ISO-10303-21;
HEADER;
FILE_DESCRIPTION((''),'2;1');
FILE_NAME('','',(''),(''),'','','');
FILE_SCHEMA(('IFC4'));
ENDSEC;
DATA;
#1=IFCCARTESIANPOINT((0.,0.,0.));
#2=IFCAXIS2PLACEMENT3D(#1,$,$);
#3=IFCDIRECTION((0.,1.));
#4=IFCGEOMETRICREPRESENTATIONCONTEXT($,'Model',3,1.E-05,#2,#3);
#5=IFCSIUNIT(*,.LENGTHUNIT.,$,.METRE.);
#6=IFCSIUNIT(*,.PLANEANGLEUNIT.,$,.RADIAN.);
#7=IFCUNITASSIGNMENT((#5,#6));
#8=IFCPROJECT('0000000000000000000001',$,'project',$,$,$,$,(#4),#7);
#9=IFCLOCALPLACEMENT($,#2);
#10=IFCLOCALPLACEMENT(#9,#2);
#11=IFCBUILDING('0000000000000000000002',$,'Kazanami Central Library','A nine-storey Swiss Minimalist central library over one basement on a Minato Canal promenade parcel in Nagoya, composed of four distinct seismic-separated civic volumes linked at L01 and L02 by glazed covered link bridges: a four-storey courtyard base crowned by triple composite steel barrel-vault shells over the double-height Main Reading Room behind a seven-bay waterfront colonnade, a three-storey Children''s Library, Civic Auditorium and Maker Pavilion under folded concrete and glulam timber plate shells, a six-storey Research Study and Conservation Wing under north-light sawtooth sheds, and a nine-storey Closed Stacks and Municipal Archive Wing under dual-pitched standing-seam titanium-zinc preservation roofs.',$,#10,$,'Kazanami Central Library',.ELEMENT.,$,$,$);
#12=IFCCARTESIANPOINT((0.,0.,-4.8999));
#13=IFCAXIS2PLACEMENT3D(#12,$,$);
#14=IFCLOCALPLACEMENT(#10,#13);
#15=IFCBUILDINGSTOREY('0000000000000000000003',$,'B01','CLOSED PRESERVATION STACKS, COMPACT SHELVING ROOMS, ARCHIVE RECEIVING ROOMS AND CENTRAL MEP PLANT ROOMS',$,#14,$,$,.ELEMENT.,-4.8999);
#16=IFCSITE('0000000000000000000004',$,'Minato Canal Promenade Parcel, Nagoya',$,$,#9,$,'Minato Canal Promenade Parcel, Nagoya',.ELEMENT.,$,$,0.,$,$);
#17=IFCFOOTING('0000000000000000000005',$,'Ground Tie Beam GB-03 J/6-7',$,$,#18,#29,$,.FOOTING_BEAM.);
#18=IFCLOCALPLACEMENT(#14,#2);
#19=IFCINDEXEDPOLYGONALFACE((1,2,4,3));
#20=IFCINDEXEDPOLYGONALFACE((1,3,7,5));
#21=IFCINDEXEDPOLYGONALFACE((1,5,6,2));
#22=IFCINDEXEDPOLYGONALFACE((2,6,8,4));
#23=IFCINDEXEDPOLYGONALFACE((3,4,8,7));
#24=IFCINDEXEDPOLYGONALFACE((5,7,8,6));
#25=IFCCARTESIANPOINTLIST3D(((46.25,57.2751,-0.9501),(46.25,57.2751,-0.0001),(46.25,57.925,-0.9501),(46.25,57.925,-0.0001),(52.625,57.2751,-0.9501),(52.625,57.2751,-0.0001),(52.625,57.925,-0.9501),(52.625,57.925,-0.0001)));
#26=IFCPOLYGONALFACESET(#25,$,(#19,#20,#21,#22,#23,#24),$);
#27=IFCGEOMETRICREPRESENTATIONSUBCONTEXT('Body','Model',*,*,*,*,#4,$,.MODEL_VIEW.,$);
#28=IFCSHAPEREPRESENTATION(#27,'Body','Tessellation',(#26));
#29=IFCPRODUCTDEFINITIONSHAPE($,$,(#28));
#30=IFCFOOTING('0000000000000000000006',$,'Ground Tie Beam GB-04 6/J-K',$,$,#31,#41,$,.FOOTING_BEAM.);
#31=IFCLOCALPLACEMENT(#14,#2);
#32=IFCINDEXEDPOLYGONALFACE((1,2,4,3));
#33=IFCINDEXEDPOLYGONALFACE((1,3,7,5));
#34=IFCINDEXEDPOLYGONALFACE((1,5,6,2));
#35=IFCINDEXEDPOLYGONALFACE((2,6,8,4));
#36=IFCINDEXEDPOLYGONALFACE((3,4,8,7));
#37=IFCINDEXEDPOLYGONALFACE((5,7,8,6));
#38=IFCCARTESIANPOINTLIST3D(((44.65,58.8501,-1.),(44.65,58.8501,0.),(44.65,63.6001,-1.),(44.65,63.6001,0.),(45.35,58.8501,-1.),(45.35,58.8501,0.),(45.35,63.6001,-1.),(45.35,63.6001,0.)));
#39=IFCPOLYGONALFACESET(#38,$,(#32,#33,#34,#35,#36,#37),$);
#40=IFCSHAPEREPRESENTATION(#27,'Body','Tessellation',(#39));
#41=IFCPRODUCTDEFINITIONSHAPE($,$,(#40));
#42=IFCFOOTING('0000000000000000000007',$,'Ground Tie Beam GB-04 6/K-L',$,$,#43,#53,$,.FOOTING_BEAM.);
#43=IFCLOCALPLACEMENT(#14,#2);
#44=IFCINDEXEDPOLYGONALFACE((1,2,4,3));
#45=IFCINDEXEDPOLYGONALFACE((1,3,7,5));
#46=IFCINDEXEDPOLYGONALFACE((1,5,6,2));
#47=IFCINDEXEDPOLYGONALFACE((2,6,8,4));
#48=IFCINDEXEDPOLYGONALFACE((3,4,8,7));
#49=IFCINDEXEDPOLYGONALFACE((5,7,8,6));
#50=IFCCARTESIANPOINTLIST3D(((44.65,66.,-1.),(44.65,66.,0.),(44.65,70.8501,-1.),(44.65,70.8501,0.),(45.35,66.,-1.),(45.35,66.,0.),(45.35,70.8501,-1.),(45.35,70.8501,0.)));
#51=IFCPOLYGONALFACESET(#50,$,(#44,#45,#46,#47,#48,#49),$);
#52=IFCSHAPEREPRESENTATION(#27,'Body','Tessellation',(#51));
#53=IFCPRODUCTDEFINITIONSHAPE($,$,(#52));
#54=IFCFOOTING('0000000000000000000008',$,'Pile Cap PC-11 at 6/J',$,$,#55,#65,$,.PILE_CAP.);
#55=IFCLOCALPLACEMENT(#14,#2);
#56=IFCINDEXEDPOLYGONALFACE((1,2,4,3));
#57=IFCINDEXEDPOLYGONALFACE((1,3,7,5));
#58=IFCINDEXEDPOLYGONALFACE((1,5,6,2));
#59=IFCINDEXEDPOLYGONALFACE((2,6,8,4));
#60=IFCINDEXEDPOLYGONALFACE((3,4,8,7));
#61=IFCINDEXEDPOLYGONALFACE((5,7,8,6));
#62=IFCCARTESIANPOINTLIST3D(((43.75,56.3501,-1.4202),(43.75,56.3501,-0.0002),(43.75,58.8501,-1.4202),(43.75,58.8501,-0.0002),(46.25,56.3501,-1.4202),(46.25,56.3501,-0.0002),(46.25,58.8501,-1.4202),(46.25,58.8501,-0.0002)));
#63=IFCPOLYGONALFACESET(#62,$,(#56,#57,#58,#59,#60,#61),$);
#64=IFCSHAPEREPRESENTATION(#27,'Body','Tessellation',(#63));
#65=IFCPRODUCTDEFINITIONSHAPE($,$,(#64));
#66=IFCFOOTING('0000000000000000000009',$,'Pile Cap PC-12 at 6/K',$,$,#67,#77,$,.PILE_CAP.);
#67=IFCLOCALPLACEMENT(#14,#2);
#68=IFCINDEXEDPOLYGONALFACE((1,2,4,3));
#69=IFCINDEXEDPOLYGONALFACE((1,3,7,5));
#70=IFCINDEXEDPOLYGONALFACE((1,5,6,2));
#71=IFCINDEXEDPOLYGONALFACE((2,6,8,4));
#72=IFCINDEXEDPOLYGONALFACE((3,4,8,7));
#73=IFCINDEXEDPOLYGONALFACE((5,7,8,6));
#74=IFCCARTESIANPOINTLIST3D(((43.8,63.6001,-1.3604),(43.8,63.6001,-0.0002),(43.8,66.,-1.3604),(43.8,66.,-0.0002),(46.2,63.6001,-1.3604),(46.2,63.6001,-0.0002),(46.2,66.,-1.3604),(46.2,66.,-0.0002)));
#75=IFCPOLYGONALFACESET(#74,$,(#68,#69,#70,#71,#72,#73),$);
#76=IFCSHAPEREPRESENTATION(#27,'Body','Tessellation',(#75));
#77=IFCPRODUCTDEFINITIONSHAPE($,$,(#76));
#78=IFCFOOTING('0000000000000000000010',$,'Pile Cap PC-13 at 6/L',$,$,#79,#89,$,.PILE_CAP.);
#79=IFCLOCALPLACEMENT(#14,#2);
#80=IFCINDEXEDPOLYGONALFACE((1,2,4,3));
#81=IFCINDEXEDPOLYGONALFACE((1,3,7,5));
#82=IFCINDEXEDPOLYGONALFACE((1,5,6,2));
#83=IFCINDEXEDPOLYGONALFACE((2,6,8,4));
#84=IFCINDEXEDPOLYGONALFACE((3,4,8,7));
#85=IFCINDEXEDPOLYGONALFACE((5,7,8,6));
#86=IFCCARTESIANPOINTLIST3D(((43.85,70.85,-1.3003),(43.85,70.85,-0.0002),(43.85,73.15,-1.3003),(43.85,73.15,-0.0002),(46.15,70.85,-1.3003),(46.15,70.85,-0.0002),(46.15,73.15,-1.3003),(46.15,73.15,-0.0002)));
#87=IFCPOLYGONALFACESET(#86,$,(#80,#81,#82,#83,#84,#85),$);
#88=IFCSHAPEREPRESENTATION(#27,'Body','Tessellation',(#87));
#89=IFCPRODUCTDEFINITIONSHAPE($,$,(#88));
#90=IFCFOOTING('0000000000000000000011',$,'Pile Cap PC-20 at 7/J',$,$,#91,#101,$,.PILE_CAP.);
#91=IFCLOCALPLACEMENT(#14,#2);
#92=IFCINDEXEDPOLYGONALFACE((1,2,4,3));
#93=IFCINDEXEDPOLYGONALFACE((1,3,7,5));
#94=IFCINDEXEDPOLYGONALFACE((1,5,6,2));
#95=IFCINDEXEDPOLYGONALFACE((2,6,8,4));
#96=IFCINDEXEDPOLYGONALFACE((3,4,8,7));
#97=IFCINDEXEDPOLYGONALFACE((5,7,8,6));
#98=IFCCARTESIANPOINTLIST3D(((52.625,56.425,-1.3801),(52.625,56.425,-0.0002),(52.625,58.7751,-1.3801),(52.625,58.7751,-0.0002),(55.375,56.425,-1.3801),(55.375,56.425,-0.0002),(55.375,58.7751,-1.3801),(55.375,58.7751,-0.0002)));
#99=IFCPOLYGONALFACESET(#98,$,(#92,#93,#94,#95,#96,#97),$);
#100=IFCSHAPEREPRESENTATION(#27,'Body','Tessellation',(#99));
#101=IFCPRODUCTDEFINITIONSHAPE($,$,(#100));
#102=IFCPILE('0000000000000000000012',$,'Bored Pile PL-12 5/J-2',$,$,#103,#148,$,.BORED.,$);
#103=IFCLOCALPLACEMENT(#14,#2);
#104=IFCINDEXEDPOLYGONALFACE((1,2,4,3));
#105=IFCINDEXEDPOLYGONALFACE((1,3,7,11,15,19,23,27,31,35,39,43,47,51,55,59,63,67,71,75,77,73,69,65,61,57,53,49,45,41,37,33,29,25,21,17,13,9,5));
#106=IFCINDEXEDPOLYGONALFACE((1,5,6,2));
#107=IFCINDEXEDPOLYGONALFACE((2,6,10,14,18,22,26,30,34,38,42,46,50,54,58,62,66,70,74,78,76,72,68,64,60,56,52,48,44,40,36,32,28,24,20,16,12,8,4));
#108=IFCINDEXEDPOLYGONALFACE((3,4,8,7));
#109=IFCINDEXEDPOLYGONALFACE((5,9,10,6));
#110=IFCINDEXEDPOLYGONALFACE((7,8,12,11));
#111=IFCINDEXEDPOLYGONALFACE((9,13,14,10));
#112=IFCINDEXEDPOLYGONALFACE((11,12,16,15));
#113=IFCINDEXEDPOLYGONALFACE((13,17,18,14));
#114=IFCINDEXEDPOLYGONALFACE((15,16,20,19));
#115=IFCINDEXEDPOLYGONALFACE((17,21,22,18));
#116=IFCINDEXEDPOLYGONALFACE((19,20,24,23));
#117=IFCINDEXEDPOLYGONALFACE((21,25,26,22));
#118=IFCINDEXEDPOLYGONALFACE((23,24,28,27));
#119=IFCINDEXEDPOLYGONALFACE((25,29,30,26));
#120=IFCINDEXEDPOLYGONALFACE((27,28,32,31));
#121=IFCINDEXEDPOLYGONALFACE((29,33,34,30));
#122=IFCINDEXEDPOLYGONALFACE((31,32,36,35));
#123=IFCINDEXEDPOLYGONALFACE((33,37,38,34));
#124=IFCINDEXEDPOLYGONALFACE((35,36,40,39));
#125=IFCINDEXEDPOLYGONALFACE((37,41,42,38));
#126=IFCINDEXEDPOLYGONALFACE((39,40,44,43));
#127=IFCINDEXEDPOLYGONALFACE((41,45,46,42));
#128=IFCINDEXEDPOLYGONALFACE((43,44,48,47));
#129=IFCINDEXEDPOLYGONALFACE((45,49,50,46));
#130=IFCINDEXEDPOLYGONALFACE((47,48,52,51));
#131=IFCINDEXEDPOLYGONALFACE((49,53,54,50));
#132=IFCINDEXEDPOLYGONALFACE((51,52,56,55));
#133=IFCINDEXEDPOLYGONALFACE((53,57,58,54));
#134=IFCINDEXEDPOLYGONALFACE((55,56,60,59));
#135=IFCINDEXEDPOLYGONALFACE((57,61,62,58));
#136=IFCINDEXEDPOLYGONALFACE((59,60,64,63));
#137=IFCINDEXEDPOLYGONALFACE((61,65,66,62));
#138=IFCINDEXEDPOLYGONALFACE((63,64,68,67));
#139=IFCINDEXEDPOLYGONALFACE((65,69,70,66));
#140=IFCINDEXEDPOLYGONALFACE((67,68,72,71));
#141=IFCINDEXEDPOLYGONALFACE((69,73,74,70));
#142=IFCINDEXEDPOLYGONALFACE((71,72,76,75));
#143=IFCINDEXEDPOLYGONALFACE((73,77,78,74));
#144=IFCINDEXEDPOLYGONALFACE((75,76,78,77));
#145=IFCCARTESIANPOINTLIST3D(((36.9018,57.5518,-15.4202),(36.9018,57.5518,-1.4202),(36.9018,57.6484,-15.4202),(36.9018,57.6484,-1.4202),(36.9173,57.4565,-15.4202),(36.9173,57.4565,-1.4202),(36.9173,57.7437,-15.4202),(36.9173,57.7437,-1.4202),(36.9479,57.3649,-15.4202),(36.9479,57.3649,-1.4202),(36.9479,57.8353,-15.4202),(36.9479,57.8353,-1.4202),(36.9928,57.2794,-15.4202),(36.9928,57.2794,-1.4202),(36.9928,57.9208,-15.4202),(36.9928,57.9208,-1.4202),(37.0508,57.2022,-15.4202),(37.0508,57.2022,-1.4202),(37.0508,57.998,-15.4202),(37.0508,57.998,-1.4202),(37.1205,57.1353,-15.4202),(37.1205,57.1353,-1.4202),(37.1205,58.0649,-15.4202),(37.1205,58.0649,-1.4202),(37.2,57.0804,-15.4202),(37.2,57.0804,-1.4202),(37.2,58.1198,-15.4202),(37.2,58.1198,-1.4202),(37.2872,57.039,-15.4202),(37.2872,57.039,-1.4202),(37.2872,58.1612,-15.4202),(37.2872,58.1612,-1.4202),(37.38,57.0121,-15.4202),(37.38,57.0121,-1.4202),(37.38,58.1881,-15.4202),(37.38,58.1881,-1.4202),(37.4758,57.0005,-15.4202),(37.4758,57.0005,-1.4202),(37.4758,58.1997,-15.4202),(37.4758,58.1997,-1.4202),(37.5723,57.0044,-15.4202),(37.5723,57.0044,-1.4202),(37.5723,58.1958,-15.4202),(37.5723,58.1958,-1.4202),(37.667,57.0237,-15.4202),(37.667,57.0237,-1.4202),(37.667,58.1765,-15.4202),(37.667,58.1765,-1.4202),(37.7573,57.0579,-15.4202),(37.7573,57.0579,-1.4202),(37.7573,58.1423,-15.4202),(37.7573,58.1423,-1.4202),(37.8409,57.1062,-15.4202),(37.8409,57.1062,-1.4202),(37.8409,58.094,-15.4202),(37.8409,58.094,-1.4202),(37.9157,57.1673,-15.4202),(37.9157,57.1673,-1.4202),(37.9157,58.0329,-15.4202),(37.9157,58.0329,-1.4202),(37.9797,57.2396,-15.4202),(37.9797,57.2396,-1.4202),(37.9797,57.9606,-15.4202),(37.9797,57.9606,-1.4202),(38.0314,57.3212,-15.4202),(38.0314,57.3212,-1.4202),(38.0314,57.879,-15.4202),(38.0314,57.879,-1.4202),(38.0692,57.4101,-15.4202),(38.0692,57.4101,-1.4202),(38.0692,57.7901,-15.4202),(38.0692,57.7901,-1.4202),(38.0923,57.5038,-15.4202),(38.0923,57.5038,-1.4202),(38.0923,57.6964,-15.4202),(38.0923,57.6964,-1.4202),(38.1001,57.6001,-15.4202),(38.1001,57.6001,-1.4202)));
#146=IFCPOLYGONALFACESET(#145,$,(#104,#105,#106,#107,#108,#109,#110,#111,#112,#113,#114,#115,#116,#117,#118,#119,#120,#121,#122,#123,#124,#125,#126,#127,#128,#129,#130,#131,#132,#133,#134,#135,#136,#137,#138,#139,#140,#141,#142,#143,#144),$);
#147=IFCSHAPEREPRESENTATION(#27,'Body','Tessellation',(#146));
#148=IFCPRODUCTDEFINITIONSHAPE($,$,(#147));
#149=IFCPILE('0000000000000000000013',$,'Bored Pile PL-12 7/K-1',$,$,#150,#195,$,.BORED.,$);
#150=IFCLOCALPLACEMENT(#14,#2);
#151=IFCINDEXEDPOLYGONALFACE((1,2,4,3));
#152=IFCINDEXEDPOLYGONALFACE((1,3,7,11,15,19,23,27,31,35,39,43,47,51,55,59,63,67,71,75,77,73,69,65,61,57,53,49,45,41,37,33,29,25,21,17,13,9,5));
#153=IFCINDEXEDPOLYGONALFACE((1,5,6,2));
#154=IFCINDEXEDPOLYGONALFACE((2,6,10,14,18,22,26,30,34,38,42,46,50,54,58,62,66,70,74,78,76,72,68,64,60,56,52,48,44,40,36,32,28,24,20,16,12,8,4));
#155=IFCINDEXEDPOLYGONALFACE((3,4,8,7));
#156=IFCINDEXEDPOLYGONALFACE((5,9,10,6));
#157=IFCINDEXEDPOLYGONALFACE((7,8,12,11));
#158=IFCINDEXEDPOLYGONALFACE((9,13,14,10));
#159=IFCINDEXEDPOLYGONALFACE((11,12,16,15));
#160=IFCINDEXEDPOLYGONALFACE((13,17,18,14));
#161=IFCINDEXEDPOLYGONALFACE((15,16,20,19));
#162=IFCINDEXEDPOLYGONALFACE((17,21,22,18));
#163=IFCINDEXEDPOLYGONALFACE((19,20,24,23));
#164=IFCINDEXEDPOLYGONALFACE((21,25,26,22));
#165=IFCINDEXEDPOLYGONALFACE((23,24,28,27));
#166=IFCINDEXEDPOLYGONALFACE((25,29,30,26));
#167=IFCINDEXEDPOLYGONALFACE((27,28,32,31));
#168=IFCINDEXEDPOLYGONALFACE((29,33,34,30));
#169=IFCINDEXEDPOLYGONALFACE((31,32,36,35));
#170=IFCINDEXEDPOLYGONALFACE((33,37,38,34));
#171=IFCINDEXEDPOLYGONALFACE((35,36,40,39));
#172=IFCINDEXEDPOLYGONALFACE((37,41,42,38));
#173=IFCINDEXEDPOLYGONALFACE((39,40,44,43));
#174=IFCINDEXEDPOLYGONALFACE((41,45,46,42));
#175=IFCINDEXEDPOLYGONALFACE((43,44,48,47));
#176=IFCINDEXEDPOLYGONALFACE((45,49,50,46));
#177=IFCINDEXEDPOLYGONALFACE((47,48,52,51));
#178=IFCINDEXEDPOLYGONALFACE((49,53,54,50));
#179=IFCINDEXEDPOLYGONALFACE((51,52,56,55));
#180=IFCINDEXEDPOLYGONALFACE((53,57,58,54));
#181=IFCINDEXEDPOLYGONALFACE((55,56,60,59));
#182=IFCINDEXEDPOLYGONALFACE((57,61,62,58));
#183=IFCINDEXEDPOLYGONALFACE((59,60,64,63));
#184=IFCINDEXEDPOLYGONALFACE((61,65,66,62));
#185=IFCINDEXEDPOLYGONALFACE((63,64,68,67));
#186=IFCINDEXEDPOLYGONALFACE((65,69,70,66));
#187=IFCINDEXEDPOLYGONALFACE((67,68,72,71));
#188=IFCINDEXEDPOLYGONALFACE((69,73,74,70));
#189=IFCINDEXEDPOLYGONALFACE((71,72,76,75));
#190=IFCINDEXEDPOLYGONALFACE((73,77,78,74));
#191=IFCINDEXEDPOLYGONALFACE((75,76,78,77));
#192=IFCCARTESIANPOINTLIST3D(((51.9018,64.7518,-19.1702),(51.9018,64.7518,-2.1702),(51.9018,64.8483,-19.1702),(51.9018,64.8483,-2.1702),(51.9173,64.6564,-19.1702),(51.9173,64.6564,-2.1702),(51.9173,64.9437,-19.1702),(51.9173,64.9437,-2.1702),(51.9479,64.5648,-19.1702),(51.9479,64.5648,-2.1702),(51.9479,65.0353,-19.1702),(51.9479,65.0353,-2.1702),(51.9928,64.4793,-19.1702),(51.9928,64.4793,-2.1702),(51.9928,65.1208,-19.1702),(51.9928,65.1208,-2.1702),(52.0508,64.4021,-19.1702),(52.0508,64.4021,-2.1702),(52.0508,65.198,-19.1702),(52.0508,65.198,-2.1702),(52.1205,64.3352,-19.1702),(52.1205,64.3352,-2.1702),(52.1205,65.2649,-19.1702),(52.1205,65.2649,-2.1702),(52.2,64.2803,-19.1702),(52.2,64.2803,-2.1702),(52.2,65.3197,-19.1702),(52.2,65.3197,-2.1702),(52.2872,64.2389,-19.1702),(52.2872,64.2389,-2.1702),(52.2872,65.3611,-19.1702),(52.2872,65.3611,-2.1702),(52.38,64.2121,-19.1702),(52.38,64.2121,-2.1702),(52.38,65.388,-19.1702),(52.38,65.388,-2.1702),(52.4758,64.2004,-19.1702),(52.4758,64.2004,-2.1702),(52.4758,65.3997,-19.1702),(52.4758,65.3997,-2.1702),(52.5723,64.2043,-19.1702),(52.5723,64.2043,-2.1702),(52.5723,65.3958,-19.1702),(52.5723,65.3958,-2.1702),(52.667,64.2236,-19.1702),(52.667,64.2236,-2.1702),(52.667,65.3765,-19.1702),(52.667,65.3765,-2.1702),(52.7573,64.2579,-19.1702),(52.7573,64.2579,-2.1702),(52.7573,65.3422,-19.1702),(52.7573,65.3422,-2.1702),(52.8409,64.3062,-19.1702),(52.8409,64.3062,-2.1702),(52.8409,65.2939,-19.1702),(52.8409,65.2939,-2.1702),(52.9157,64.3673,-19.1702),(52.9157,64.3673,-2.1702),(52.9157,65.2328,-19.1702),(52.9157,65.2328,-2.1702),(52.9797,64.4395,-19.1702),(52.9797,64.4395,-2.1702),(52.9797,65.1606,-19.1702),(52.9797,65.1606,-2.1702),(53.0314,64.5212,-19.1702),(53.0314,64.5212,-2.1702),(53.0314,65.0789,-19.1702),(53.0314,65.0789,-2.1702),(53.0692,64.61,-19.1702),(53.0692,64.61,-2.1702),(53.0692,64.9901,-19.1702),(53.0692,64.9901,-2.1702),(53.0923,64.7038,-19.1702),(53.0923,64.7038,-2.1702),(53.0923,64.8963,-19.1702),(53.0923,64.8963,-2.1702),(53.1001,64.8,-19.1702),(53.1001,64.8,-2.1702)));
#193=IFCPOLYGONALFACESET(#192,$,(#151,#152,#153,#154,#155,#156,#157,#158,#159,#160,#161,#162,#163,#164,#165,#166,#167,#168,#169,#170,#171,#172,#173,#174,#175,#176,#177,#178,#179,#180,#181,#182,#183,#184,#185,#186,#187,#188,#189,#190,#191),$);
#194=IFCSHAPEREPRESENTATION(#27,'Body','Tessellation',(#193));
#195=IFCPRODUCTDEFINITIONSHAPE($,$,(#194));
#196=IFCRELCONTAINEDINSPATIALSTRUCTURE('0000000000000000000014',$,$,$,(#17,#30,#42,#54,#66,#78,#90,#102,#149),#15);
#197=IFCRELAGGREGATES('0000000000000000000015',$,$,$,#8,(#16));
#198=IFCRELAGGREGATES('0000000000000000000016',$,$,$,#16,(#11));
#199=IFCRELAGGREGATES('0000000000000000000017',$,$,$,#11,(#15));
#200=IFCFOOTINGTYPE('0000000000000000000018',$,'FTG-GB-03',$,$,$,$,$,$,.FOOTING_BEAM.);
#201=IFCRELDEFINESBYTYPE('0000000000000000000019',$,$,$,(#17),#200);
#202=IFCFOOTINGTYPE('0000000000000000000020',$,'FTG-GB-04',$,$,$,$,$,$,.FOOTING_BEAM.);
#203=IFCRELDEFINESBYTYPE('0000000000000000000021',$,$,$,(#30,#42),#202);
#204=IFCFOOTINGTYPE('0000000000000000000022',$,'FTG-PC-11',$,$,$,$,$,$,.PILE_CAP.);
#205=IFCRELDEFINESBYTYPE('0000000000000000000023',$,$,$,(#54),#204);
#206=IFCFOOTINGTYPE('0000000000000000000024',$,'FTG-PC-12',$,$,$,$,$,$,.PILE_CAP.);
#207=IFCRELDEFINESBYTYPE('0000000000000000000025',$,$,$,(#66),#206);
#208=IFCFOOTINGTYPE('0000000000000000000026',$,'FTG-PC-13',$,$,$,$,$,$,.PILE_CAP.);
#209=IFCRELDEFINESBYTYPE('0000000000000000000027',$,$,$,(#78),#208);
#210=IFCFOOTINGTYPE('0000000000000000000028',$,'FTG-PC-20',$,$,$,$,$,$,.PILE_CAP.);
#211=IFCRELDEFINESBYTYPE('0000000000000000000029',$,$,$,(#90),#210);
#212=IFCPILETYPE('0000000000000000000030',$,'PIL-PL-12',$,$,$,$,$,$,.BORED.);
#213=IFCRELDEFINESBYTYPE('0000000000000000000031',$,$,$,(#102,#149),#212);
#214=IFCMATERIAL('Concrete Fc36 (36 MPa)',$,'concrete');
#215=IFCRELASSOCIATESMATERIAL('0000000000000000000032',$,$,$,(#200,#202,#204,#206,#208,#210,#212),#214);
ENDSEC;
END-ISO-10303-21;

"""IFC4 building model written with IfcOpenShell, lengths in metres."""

from ifc_helpers import new_model, si_unit, direction, frame, origin, origin_2d, place, context, subcontext, project, spatial, rectangle, circle, extrude, material, material_profile, profile_set, type_object, element, save


model = new_model("IFC4")

# Units and contexts
model_context = context("Model", 3, precision=1e-05, world=origin(), true_north=direction((0.0, 1.0)))
body_context = subcontext(model_context, "Body", "Model", "MODEL_VIEW")
ifc_project = project(units=[si_unit("LENGTHUNIT", "METRE"), si_unit("PLANEANGLEUNIT", "RADIAN")], contexts=[model_context])

# Site, building, storey
site_placement = place(None, origin())
site = spatial("IfcSite", under=ifc_project, at=site_placement, Name="Minato Canal Promenade Parcel, Nagoya", LongName="Minato Canal Promenade Parcel, Nagoya", CompositionType="ELEMENT", RefElevation=0.0)
building_placement = place(site_placement, origin())
building = spatial("IfcBuilding", under=site, at=building_placement, Name="Kazanami Central Library", Description="A nine-storey Swiss Minimalist central library over one basement on a Minato Canal promenade parcel in Nagoya, composed of four distinct seismic-separated civic volumes linked at L01 and L02 by glazed covered link bridges: a four-storey courtyard base crowned by triple composite steel barrel-vault shells over the double-height Main Reading Room behind a seven-bay waterfront colonnade, a three-storey Children's Library, Civic Auditorium and Maker Pavilion under folded concrete and glulam timber plate shells, a six-storey Research Study and Conservation Wing under north-light sawtooth sheds, and a nine-storey Closed Stacks and Municipal Archive Wing under dual-pitched standing-seam titanium-zinc preservation roofs.", LongName="Kazanami Central Library", CompositionType="ELEMENT")
storey_placement = place(building_placement, frame((0.0, 0.0, -4.8999)))
storey = spatial("IfcBuildingStorey", under=building, at=storey_placement, Name="B01", Description="CLOSED PRESERVATION STACKS, COMPACT SHELVING ROOMS, ARCHIVE RECEIVING ROOMS AND CENTRAL MEP PLANT ROOMS", CompositionType="ELEMENT", Elevation=-4.8999)

# Footings
ifc_material_1 = material(Name="Concrete Fc36 (36 MPa)", Category="concrete")
ifc_material_profile_1 = material_profile(ifc_material_1, rectangle(XDim=0.6499, YDim=0.95, at=origin_2d()), Name="RC-650x950")
ifc_profile_set_1 = profile_set([ifc_material_profile_1], Name="Concrete Fc36 (36 MPa)")
footing_type_1 = type_object("IfcFootingType", Name="FTG-GB-03", PredefinedType="FOOTING_BEAM", material=ifc_profile_set_1)
footing_1_placement = place(storey_placement, frame((46.25, 57.6001, -0.4751), z_axis=(1.0, 0.0, 0.0), x_axis=(0.0, 1.0, 0.0)))
element("IfcFooting", 1, at=footing_1_placement, inside=storey, type_object=footing_type_1, Name="Ground Tie Beam GB-03 J/6-7", PredefinedType="FOOTING_BEAM", context=body_context, shape_type="SweptSolid", body=[
    extrude(rectangle(XDim=0.6499, YDim=0.95, at=origin_2d()), origin(), (0.0, 0.0, 1.0), 6.375),
])
ifc_material_profile_2 = material_profile(ifc_material_1, rectangle(XDim=0.7, YDim=1.0, at=origin_2d()), Name="RC-700x1000")
ifc_profile_set_2 = profile_set([ifc_material_profile_2], Name="Concrete Fc36 (36 MPa)")
footing_type_2 = type_object("IfcFootingType", Name="FTG-GB-04", PredefinedType="FOOTING_BEAM", material=ifc_profile_set_2)
footing_2_placement = place(storey_placement, frame((45.0, 58.8501, -0.5), z_axis=(0.0, 1.0, 0.0), x_axis=(-1.0, 0.0, 0.0)))
element("IfcFooting", 2, at=footing_2_placement, inside=storey, type_object=footing_type_2, Name="Ground Tie Beam GB-04 6/J-K", PredefinedType="FOOTING_BEAM", context=body_context, shape_type="SweptSolid", body=[
    extrude(rectangle(XDim=0.7, YDim=1.0, at=origin_2d()), origin(), (0.0, 0.0, 1.0), 4.75),
])
footing_3_placement = place(storey_placement, frame((45.0, 66.0, -0.5), z_axis=(0.0, 1.0, 0.0), x_axis=(-1.0, 0.0, 0.0)))
element("IfcFooting", 3, at=footing_3_placement, inside=storey, type_object=footing_type_2, Name="Ground Tie Beam GB-04 6/K-L", PredefinedType="FOOTING_BEAM", context=body_context, shape_type="SweptSolid", body=[
    extrude(rectangle(XDim=0.7, YDim=1.0, at=origin_2d()), origin(), (0.0, 0.0, 1.0), 4.8501),
])
footing_type_3 = type_object("IfcFootingType", Name="FTG-PC-11", PredefinedType="PILE_CAP", material=ifc_material_1)
footing_4_placement = place(storey_placement, frame((45.0, 57.6001, -1.4202), z_axis=(0.0, 0.0, 1.0), x_axis=(1.0, 0.0, 0.0)))
element("IfcFooting", 4, at=footing_4_placement, inside=storey, type_object=footing_type_3, Name="Pile Cap PC-11 at 6/J", PredefinedType="PILE_CAP", context=body_context, shape_type="SweptSolid", body=[
    extrude(rectangle(XDim=2.5, YDim=2.5, at=origin_2d()), origin(), (0.0, 0.0, 1.0), 1.4199),
])
footing_type_4 = type_object("IfcFootingType", Name="FTG-PC-12", PredefinedType="PILE_CAP", material=ifc_material_1)
footing_5_placement = place(storey_placement, frame((45.0, 64.8, -1.3604), z_axis=(0.0, 0.0, 1.0), x_axis=(1.0, 0.0, 0.0)))
element("IfcFooting", 5, at=footing_5_placement, inside=storey, type_object=footing_type_4, Name="Pile Cap PC-12 at 6/K", PredefinedType="PILE_CAP", context=body_context, shape_type="SweptSolid", body=[
    extrude(rectangle(XDim=2.3999, YDim=2.3999, at=origin_2d()), origin(), (0.0, 0.0, 1.0), 1.3601),
])
footing_type_5 = type_object("IfcFootingType", Name="FTG-PC-13", PredefinedType="PILE_CAP", material=ifc_material_1)
footing_6_placement = place(storey_placement, frame((45.0, 72.0, -1.3003), z_axis=(0.0, 0.0, 1.0), x_axis=(1.0, 0.0, 0.0)))
element("IfcFooting", 6, at=footing_6_placement, inside=storey, type_object=footing_type_5, Name="Pile Cap PC-13 at 6/L", PredefinedType="PILE_CAP", context=body_context, shape_type="SweptSolid", body=[
    extrude(rectangle(XDim=2.3, YDim=2.3, at=origin_2d()), origin(), (0.0, 0.0, 1.0), 1.3),
])
footing_type_6 = type_object("IfcFootingType", Name="FTG-PC-20", PredefinedType="PILE_CAP", material=ifc_material_1)
footing_7_placement = place(storey_placement, frame((54.0, 57.6001, -1.3801), z_axis=(0.0, 0.0, 1.0), x_axis=(1.0, 0.0, 0.0)))
element("IfcFooting", 7, at=footing_7_placement, inside=storey, type_object=footing_type_6, Name="Pile Cap PC-20 at 7/J", PredefinedType="PILE_CAP", context=body_context, shape_type="SweptSolid", body=[
    extrude(rectangle(XDim=2.75, YDim=2.3501, at=origin_2d()), origin(), (0.0, 0.0, 1.0), 1.3799),
])

# Piles
ifc_material_profile_3 = material_profile(ifc_material_1, circle(Radius=0.6001, at=origin_2d()), Name="BORED-D1200")
ifc_profile_set_3 = profile_set([ifc_material_profile_3], Name="Concrete Fc36 (36 MPa)")
pile_type_1 = type_object("IfcPileType", Name="PIL-PL-12", PredefinedType="BORED", material=ifc_profile_set_3)
pile_1_placement = place(storey_placement, frame((37.5, 57.6001, -1.4202), z_axis=(0.0, 0.0, -1.0), x_axis=(1.0, 0.0, 0.0)))
element("IfcPile", 8, at=pile_1_placement, inside=storey, type_object=pile_type_1, Name="Bored Pile PL-12 5/J-2", PredefinedType="BORED", context=body_context, shape_type="SweptSolid", body=[
    extrude(circle(Radius=0.6001, at=origin_2d()), origin(), (0.0, 0.0, 1.0), 14.0),
])
pile_2_placement = place(storey_placement, frame((52.5, 64.8, -2.1702), z_axis=(0.0, 0.0, -1.0), x_axis=(1.0, 0.0, 0.0)))
element("IfcPile", 9, at=pile_2_placement, inside=storey, type_object=pile_type_1, Name="Bored Pile PL-12 7/K-1", PredefinedType="BORED", context=body_context, shape_type="SweptSolid", body=[
    extrude(circle(Radius=0.6001, at=origin_2d()), origin(), (0.0, 0.0, 1.0), 17.0),
])

save(model, "model.ifc")
